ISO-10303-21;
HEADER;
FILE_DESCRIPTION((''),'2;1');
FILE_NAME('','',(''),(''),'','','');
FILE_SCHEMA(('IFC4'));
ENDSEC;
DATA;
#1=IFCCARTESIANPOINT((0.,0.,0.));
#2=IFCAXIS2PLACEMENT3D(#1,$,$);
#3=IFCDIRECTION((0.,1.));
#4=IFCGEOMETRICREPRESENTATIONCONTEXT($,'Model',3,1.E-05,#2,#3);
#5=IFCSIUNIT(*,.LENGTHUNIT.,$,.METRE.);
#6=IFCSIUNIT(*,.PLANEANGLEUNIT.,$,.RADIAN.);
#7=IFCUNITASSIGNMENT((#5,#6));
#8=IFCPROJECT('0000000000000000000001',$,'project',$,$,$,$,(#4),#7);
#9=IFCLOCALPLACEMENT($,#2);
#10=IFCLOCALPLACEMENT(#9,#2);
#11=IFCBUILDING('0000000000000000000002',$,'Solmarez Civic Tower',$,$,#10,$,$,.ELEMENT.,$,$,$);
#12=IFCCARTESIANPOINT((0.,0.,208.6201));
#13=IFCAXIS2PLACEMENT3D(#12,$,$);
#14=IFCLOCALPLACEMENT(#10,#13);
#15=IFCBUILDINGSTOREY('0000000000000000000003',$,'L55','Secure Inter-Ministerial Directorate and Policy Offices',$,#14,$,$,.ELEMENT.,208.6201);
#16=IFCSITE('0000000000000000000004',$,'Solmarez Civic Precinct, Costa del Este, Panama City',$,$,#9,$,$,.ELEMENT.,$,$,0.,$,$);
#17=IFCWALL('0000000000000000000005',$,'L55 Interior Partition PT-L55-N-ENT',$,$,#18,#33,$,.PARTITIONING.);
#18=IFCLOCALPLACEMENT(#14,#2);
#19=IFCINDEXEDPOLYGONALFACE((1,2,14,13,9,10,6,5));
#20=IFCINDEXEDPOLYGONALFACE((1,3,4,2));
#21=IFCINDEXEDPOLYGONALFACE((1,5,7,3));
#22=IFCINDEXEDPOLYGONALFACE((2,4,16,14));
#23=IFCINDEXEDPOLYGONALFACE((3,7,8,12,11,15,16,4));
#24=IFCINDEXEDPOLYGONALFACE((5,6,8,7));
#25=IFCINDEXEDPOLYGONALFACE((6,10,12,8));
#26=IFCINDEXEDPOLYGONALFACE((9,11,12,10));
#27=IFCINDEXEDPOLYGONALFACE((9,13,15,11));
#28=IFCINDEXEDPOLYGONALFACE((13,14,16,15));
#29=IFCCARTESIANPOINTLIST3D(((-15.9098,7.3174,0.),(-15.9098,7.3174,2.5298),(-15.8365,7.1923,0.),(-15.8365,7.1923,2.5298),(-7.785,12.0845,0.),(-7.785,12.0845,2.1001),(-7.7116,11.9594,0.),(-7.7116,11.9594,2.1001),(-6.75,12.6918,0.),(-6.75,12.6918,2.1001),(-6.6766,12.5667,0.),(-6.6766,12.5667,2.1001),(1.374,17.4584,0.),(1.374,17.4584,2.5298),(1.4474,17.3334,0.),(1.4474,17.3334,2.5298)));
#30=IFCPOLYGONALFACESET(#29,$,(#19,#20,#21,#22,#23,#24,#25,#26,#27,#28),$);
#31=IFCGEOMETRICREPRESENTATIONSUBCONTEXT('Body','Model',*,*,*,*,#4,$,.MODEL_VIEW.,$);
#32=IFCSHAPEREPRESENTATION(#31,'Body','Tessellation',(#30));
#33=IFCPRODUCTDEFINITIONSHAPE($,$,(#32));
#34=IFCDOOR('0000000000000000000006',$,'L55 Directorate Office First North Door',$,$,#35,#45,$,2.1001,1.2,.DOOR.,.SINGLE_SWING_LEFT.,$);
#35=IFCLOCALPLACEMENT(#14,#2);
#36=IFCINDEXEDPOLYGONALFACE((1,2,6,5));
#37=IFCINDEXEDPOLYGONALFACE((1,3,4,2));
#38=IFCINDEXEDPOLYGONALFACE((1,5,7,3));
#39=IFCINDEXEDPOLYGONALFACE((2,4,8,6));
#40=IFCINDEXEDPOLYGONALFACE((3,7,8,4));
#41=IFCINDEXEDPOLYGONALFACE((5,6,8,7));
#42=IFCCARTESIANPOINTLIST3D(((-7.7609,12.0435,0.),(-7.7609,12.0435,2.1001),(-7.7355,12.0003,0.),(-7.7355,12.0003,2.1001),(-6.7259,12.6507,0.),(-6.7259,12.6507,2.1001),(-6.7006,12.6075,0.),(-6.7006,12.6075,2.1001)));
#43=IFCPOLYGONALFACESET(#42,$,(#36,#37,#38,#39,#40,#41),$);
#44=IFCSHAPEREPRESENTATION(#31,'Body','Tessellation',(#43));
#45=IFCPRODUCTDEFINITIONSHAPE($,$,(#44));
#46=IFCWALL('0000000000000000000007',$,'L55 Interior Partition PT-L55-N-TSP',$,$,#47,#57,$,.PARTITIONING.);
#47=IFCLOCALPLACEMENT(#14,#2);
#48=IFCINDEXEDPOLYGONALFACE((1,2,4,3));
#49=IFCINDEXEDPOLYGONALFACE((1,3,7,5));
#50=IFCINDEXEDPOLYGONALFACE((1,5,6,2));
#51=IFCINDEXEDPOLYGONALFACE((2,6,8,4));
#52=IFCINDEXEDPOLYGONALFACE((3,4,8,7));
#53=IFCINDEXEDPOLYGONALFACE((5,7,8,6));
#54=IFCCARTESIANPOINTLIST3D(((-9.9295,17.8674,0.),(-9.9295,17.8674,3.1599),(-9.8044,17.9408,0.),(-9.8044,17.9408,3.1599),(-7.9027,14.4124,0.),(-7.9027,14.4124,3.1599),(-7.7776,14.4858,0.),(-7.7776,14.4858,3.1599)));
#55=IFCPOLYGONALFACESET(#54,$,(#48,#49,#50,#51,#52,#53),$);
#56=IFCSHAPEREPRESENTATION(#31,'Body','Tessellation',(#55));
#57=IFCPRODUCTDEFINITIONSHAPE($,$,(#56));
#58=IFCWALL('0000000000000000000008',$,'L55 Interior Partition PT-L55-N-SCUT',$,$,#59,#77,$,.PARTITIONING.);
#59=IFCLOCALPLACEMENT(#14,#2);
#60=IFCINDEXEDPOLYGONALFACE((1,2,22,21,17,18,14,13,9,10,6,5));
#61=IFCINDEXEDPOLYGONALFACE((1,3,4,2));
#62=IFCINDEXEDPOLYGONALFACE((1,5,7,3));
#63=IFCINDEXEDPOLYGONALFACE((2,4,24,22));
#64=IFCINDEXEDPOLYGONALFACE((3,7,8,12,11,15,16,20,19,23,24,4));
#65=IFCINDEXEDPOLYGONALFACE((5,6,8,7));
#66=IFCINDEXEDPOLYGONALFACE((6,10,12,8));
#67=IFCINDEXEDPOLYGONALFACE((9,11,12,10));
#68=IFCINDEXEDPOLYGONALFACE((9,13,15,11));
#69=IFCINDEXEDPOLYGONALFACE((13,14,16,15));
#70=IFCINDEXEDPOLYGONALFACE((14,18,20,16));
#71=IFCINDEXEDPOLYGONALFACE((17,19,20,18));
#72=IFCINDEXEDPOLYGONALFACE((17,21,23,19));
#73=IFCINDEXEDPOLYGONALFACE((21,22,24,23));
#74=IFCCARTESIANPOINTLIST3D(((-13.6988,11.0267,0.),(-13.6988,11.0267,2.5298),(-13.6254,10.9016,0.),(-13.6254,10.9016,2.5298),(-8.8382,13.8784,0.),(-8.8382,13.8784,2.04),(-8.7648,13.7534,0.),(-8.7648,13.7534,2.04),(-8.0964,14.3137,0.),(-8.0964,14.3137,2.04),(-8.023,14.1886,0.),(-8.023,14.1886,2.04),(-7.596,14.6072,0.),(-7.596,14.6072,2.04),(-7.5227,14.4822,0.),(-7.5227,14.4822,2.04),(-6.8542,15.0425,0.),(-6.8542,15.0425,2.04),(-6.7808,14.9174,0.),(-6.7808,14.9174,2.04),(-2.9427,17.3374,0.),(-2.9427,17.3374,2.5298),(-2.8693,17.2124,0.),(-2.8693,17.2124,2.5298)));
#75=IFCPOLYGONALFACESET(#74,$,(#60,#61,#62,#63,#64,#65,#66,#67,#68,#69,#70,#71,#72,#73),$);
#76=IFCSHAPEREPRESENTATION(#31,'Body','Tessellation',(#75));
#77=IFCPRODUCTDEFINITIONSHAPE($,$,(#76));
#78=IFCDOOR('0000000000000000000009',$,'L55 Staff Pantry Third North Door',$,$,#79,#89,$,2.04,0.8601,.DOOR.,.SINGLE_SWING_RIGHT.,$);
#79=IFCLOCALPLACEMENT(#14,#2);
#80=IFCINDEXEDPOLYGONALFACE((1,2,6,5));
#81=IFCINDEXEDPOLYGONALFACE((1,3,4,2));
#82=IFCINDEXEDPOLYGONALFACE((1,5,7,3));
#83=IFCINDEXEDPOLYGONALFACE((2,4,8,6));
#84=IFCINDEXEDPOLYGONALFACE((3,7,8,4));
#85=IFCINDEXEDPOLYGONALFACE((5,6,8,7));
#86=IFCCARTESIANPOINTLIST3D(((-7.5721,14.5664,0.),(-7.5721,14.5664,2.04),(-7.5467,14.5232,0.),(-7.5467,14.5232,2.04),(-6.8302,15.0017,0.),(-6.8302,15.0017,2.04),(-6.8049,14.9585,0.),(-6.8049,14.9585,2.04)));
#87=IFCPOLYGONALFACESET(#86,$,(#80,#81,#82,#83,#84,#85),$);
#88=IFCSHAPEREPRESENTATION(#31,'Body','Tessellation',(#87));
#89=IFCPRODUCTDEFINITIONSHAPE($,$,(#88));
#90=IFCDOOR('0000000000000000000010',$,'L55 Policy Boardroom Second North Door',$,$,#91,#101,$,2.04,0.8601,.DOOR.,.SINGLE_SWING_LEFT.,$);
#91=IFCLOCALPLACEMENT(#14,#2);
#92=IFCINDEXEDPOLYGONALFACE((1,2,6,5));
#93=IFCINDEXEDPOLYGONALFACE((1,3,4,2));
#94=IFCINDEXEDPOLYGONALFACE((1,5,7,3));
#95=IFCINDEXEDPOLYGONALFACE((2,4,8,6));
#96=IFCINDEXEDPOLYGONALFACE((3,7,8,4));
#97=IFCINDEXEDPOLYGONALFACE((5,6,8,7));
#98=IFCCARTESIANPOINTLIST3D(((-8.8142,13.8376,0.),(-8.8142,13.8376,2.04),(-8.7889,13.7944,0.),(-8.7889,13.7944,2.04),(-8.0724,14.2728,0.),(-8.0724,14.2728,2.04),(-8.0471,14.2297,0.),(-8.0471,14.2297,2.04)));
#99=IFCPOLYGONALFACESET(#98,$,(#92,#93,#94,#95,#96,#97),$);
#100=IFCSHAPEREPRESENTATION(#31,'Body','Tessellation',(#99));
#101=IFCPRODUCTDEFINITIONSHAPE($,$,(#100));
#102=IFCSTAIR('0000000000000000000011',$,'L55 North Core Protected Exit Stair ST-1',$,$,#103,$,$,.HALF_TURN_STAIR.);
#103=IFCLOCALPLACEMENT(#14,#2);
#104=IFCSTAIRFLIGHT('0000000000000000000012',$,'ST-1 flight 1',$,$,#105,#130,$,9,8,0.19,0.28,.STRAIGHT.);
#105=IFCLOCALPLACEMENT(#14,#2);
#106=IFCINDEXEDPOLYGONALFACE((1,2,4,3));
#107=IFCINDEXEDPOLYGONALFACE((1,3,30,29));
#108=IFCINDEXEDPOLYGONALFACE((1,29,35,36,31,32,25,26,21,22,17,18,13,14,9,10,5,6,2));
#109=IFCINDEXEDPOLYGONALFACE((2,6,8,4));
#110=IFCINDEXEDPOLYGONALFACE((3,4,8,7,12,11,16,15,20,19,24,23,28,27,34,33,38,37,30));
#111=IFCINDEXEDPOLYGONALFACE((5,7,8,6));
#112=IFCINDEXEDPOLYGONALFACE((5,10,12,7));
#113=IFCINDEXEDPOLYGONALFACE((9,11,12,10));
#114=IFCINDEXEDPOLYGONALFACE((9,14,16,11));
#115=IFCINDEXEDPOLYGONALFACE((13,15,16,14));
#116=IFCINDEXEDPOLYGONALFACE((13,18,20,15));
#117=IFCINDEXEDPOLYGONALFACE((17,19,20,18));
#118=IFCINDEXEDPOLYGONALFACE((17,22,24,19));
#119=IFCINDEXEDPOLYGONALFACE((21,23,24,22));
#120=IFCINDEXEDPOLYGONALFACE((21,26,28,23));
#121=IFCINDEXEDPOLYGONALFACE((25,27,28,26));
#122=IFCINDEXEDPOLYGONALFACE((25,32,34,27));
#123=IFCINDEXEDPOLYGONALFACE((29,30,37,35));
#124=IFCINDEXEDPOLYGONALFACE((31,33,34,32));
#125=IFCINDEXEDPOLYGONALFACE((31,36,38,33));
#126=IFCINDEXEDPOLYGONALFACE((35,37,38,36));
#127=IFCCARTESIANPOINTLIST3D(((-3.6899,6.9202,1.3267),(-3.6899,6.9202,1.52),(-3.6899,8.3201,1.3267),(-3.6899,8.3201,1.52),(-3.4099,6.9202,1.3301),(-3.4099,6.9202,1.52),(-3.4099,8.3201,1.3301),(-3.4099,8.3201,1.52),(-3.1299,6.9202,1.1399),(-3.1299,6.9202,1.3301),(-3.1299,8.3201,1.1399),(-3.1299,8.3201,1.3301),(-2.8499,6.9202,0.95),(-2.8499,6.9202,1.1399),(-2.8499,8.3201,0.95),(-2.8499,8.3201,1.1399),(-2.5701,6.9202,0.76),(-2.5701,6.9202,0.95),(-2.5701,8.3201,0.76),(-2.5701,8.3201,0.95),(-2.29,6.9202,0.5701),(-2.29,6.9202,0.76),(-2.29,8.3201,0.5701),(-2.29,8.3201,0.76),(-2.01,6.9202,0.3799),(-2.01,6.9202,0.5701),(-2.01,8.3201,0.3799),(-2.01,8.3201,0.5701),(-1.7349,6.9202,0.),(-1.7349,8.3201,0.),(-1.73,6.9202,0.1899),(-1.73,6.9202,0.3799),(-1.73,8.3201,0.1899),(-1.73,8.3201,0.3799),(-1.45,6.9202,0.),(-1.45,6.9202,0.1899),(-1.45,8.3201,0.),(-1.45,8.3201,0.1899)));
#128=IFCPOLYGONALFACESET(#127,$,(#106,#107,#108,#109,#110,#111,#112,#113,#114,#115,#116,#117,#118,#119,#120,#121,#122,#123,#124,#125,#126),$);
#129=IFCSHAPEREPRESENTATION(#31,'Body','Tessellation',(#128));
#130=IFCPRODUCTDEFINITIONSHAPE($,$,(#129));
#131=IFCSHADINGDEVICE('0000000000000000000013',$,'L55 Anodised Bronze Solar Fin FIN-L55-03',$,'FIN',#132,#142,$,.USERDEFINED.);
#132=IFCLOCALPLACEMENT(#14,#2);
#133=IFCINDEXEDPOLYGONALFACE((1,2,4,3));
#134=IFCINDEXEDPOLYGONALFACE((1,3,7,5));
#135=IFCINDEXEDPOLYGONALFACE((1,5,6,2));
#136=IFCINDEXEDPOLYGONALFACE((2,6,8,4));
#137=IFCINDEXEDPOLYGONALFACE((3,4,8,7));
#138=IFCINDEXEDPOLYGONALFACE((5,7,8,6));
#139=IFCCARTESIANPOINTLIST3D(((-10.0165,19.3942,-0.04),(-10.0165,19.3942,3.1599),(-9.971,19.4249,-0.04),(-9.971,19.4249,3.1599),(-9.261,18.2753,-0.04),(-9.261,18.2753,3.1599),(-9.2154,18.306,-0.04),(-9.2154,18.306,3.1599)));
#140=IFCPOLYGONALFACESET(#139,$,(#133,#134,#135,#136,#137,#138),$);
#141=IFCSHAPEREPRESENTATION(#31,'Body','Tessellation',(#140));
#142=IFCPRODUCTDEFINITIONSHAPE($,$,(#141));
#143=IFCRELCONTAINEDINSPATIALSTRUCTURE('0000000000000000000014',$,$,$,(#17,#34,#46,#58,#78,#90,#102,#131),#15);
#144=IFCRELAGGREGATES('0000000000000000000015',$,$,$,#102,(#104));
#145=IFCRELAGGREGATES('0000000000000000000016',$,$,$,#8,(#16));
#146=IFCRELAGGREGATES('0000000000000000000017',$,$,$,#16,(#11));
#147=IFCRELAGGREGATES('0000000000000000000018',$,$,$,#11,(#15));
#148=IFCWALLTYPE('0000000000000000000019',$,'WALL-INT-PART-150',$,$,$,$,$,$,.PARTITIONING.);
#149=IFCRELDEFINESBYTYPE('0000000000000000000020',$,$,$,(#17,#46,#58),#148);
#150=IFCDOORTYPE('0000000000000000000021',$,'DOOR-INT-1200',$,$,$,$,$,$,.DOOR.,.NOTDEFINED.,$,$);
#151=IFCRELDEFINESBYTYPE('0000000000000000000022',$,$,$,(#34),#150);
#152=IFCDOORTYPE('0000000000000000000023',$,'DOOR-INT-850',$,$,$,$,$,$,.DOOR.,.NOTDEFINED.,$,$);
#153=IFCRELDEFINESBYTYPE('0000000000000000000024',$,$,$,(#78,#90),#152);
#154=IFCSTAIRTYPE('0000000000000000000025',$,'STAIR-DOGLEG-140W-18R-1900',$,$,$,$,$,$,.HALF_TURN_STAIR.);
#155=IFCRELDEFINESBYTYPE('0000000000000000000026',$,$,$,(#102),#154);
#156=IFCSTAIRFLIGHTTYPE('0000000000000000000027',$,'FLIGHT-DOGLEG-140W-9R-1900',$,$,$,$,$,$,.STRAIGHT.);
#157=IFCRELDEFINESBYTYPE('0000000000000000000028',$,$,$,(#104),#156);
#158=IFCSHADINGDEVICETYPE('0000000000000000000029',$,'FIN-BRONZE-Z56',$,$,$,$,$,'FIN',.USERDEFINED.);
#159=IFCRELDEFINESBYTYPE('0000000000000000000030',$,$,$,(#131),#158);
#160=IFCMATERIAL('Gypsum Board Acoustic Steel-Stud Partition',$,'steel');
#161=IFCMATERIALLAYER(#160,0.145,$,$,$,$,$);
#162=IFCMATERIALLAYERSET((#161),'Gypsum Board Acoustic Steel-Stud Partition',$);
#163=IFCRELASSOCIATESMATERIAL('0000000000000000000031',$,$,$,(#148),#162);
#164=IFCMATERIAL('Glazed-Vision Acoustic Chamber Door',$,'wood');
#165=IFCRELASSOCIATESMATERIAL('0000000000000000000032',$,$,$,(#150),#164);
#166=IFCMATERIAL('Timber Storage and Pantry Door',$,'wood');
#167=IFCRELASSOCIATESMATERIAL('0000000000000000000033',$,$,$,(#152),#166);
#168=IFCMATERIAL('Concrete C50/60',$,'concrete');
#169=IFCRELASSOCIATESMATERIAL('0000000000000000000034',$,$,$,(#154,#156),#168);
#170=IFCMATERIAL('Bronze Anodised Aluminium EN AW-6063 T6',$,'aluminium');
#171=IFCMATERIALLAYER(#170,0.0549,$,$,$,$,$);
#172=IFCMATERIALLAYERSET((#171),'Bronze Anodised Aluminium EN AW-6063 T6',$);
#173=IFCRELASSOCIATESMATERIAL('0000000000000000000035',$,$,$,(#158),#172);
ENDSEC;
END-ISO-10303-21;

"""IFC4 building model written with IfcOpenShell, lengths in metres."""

from ifc_helpers import new_model, si_unit, direction, frame, frame_2d, origin, origin_2d, place, context, subcontext, project, spatial, polyline, rectangle, outline, extrude, material, layer, layer_set, type_object, element, fill, aggregate, save


model = new_model("IFC4")

# Units and contexts
model_context = context("Model", 3, precision=1e-05, world=origin(), true_north=direction((0.0, 1.0)))
body_context = subcontext(model_context, "Body", "Model", "MODEL_VIEW")
ifc_project = project(units=[si_unit("LENGTHUNIT", "METRE"), si_unit("PLANEANGLEUNIT", "RADIAN")], contexts=[model_context])

# Site, building, storey
site_placement = place(None, origin())
site = spatial("IfcSite", under=ifc_project, at=site_placement, Name="Solmarez Civic Precinct, Costa del Este, Panama City", CompositionType="ELEMENT", RefElevation=0.0)
building_placement = place(site_placement, origin())
building = spatial("IfcBuilding", under=site, at=building_placement, Name="Solmarez Civic Tower", CompositionType="ELEMENT")
storey_placement = place(building_placement, frame((0.0, 0.0, 208.6201)))
storey = spatial("IfcBuildingStorey", under=building, at=storey_placement, Name="L55", Description="Secure Inter-Ministerial Directorate and Policy Offices", CompositionType="ELEMENT", Elevation=208.6201)

# Shared definitions
ifc_material_1 = material(Name="Concrete C50/60", Category="concrete")

# Shared definitions
ifc_material_2 = material(Name="Gypsum Board Acoustic Steel-Stud Partition", Category="steel")
ifc_layer_1 = layer(ifc_material_2, 0.145)
ifc_layer_set_1 = layer_set([ifc_layer_1], Name="Gypsum Board Acoustic Steel-Stud Partition")
wall_type_1 = type_object("IfcWallType", Name="WALL-INT-PART-150", PredefinedType="PARTITIONING", material=ifc_layer_set_1)

# Wall, opening, door
wall_1_placement = place(storey_placement, frame((-15.873, 7.2549, 0.0), z_axis=(0.0, 0.0, 1.0), x_axis=(0.862499, 0.506059, 0.0)))
wall_1 = element("IfcWall", 1, at=wall_1_placement, inside=storey, type_object=wall_type_1, Name="L55 Interior Partition PT-L55-N-ENT", PredefinedType="PARTITIONING", context=body_context, shape_type="SweptSolid", body=[
    extrude(rectangle(XDim=20.0393, YDim=0.145, at=frame_2d((10.0195, 0.0))), origin(), (0.0, 0.0, 1.0), 2.5298),
])
opening_1_placement = place(wall_1_placement, frame((9.4199, 0.0, 0.0)))
opening_1 = element("IfcOpeningElement", 2, at=opening_1_placement, cuts=wall_1, PredefinedType="OPENING", context=body_context, shape_type="SweptSolid", body=[
    extrude(rectangle(XDim=1.2, YDim=2.1001, at=frame_2d((0.6001, 1.05))), frame((0.0, 0.0825, 0.0), z_axis=(0.0, -1.0, 0.0), x_axis=(1.0, 0.0, 0.0)), (0.0, 0.0, 1.0), 0.165),
])
ifc_material_3 = material(Name="Glazed-Vision Acoustic Chamber Door", Category="wood")
door_type_1 = type_object("IfcDoorType", Name="DOOR-INT-1200", OperationType="NOTDEFINED", PredefinedType="DOOR", material=ifc_material_3)
door_1_placement = place(opening_1_placement, origin())
door_1 = element("IfcDoor", 3, at=door_1_placement, inside=storey, type_object=door_type_1, Name="L55 Directorate Office First North Door", OperationType="SINGLE_SWING_LEFT", OverallHeight=2.1001, OverallWidth=1.2, PredefinedType="DOOR", context=body_context, shape_type="SweptSolid", body=[
    extrude(rectangle(XDim=1.2, YDim=2.1001, at=frame_2d((0.6001, 1.05))), frame((0.0, 0.0249, 0.0), z_axis=(0.0, -1.0, 0.0), x_axis=(1.0, 0.0, 0.0)), (0.0, 0.0, 1.0), 0.05),
])
fill(opening_1, door_1)

# Wall
wall_2_placement = place(storey_placement, frame((-7.8401, 14.449, 0.0), z_axis=(0.0, 0.0, 1.0), x_axis=(-0.505992, 0.862538, 0.0)))
element("IfcWall", 4, at=wall_2_placement, inside=storey, type_object=wall_type_1, Name="L55 Interior Partition PT-L55-N-TSP", PredefinedType="PARTITIONING", context=body_context, shape_type="SweptSolid", body=[
    extrude(rectangle(XDim=4.0056, YDim=0.145, at=frame_2d((2.0029, 0.0))), origin(), (0.0, 0.0, 1.0), 3.1599),
])

# Wall, openings, doors
wall_3_placement = place(storey_placement, frame((-2.906, 17.2749, 0.0), z_axis=(0.0, 0.0, 1.0), x_axis=(-0.862506, -0.506047, 0.0)))
wall_3 = element("IfcWall", 5, at=wall_3_placement, inside=storey, type_object=wall_type_1, Name="L55 Interior Partition PT-L55-N-SCUT", PredefinedType="PARTITIONING", context=body_context, shape_type="SweptSolid", body=[
    extrude(rectangle(XDim=12.4707, YDim=0.145, at=frame_2d((6.2354, 0.0))), origin(), (0.0, 0.0, 1.0), 2.5298),
])
opening_2_placement = place(wall_3_placement, frame((4.5349, 0.0, 0.0)))
opening_2 = element("IfcOpeningElement", 6, at=opening_2_placement, cuts=wall_3, PredefinedType="OPENING", context=body_context, shape_type="SweptSolid", body=[
    extrude(rectangle(XDim=0.8601, YDim=2.04, at=frame_2d((0.4302, 1.02))), frame((0.0, 0.0825, 0.0), z_axis=(0.0, -1.0, 0.0), x_axis=(1.0, 0.0, 0.0)), (0.0, 0.0, 1.0), 0.165),
])
opening_3_placement = place(wall_3_placement, frame((5.9751, 0.0, 0.0)))
opening_3 = element("IfcOpeningElement", 7, at=opening_3_placement, cuts=wall_3, PredefinedType="OPENING", context=body_context, shape_type="SweptSolid", body=[
    extrude(rectangle(XDim=0.8601, YDim=2.04, at=frame_2d((0.4302, 1.02))), frame((0.0, 0.0825, 0.0), z_axis=(0.0, -1.0, 0.0), x_axis=(1.0, 0.0, 0.0)), (0.0, 0.0, 1.0), 0.165),
])
ifc_material_4 = material(Name="Timber Storage and Pantry Door", Category="wood")
door_type_2 = type_object("IfcDoorType", Name="DOOR-INT-850", OperationType="NOTDEFINED", PredefinedType="DOOR", material=ifc_material_4)
door_2_placement = place(opening_2_placement, origin())
door_2 = element("IfcDoor", 8, at=door_2_placement, inside=storey, type_object=door_type_2, Name="L55 Staff Pantry Third North Door", OperationType="SINGLE_SWING_RIGHT", OverallHeight=2.04, OverallWidth=0.8601, PredefinedType="DOOR", context=body_context, shape_type="SweptSolid", body=[
    extrude(rectangle(XDim=0.8601, YDim=2.04, at=frame_2d((0.4302, 1.02))), frame((0.0, 0.0249, 0.0), z_axis=(0.0, -1.0, 0.0), x_axis=(1.0, 0.0, 0.0)), (0.0, 0.0, 1.0), 0.05),
])
fill(opening_2, door_2)
door_3_placement = place(opening_3_placement, origin())
door_3 = element("IfcDoor", 9, at=door_3_placement, inside=storey, type_object=door_type_2, Name="L55 Policy Boardroom Second North Door", OperationType="SINGLE_SWING_LEFT", OverallHeight=2.04, OverallWidth=0.8601, PredefinedType="DOOR", context=body_context, shape_type="SweptSolid", body=[
    extrude(rectangle(XDim=0.8601, YDim=2.04, at=frame_2d((0.4302, 1.02))), frame((0.0, 0.0249, 0.0), z_axis=(0.0, -1.0, 0.0), x_axis=(1.0, 0.0, 0.0)), (0.0, 0.0, 1.0), 0.05),
])
fill(opening_3, door_3)

# Stair, stair flight
stair_type = type_object("IfcStairType", Name="STAIR-DOGLEG-140W-18R-1900", PredefinedType="HALF_TURN_STAIR", material=ifc_material_1)
stair_placement = place(storey_placement, origin())
stair = element("IfcStair", 10, at=stair_placement, inside=storey, type_object=stair_type, Name="L55 North Core Protected Exit Stair ST-1", PredefinedType="HALF_TURN_STAIR")
stair_flight_type = type_object("IfcStairFlightType", Name="FLIGHT-DOGLEG-140W-9R-1900", PredefinedType="STRAIGHT", material=ifc_material_1)
stair_flight_placement = place(storey_placement, frame((-1.45, 7.6201, 0.0), z_axis=(0.0, 0.0, 1.0), x_axis=(-1.0, 0.0, 0.0)))
stair_flight = element("IfcStairFlight", 11, at=stair_flight_placement, type_object=stair_flight_type, Name="ST-1 flight 1", NumberOfRisers=9, NumberOfTreads=8, PredefinedType="STRAIGHT", RiserHeight=0.19, TreadLength=0.28, context=body_context, shape_type="SweptSolid", body=[
    extrude(outline(polyline([(0.0, 0.0), (0.0, 0.1899), (0.28, 0.1899), (0.28, 0.3799), (0.5601, 0.3799), (0.5601, 0.5701), (0.8401, 0.5701), (0.8401, 0.76), (1.1201, 0.76), (1.1201, 0.95), (1.3999, 0.95), (1.3999, 1.1399), (1.6799, 1.1399), (1.6799, 1.3301), (1.96, 1.3301), (1.96, 1.52), (2.24, 1.52), (2.24, 1.71), (2.24, 1.3267), (0.2849, 0.0), (0.0, 0.0)])), frame((0.0, 0.7, 0.0), z_axis=(0.0, -1.0, 0.0), x_axis=(1.0, 0.0, 0.0)), (0.0, 0.0, 1.0), 1.3999),
])
aggregate(stair, [stair_flight])

# Shading device
ifc_material_5 = material(Name="Bronze Anodised Aluminium EN AW-6063 T6", Category="aluminium")
ifc_layer_2 = layer(ifc_material_5, 0.0549)
ifc_layer_set_2 = layer_set([ifc_layer_2], Name="Bronze Anodised Aluminium EN AW-6063 T6")
shading_device_type = type_object("IfcShadingDeviceType", Name="FIN-BRONZE-Z56", ElementType="FIN", PredefinedType="USERDEFINED", material=ifc_layer_set_2)
shading_device_placement = place(storey_placement, frame((-9.616, 18.8501, -0.04), z_axis=(0.0, 0.0, 1.0), x_axis=(-0.559612, 0.828754, 0.0)))
element("IfcShadingDevice", 12, at=shading_device_placement, inside=storey, type_object=shading_device_type, Name="L55 Anodised Bronze Solar Fin FIN-L55-03", ObjectType="FIN", PredefinedType="USERDEFINED", context=body_context, shape_type="SweptSolid", body=[
    extrude(rectangle(XDim=1.3501, YDim=0.0549, at=origin_2d()), origin(), (0.0, 0.0, 1.0), 3.2),
])

save(model, "model.ifc")
